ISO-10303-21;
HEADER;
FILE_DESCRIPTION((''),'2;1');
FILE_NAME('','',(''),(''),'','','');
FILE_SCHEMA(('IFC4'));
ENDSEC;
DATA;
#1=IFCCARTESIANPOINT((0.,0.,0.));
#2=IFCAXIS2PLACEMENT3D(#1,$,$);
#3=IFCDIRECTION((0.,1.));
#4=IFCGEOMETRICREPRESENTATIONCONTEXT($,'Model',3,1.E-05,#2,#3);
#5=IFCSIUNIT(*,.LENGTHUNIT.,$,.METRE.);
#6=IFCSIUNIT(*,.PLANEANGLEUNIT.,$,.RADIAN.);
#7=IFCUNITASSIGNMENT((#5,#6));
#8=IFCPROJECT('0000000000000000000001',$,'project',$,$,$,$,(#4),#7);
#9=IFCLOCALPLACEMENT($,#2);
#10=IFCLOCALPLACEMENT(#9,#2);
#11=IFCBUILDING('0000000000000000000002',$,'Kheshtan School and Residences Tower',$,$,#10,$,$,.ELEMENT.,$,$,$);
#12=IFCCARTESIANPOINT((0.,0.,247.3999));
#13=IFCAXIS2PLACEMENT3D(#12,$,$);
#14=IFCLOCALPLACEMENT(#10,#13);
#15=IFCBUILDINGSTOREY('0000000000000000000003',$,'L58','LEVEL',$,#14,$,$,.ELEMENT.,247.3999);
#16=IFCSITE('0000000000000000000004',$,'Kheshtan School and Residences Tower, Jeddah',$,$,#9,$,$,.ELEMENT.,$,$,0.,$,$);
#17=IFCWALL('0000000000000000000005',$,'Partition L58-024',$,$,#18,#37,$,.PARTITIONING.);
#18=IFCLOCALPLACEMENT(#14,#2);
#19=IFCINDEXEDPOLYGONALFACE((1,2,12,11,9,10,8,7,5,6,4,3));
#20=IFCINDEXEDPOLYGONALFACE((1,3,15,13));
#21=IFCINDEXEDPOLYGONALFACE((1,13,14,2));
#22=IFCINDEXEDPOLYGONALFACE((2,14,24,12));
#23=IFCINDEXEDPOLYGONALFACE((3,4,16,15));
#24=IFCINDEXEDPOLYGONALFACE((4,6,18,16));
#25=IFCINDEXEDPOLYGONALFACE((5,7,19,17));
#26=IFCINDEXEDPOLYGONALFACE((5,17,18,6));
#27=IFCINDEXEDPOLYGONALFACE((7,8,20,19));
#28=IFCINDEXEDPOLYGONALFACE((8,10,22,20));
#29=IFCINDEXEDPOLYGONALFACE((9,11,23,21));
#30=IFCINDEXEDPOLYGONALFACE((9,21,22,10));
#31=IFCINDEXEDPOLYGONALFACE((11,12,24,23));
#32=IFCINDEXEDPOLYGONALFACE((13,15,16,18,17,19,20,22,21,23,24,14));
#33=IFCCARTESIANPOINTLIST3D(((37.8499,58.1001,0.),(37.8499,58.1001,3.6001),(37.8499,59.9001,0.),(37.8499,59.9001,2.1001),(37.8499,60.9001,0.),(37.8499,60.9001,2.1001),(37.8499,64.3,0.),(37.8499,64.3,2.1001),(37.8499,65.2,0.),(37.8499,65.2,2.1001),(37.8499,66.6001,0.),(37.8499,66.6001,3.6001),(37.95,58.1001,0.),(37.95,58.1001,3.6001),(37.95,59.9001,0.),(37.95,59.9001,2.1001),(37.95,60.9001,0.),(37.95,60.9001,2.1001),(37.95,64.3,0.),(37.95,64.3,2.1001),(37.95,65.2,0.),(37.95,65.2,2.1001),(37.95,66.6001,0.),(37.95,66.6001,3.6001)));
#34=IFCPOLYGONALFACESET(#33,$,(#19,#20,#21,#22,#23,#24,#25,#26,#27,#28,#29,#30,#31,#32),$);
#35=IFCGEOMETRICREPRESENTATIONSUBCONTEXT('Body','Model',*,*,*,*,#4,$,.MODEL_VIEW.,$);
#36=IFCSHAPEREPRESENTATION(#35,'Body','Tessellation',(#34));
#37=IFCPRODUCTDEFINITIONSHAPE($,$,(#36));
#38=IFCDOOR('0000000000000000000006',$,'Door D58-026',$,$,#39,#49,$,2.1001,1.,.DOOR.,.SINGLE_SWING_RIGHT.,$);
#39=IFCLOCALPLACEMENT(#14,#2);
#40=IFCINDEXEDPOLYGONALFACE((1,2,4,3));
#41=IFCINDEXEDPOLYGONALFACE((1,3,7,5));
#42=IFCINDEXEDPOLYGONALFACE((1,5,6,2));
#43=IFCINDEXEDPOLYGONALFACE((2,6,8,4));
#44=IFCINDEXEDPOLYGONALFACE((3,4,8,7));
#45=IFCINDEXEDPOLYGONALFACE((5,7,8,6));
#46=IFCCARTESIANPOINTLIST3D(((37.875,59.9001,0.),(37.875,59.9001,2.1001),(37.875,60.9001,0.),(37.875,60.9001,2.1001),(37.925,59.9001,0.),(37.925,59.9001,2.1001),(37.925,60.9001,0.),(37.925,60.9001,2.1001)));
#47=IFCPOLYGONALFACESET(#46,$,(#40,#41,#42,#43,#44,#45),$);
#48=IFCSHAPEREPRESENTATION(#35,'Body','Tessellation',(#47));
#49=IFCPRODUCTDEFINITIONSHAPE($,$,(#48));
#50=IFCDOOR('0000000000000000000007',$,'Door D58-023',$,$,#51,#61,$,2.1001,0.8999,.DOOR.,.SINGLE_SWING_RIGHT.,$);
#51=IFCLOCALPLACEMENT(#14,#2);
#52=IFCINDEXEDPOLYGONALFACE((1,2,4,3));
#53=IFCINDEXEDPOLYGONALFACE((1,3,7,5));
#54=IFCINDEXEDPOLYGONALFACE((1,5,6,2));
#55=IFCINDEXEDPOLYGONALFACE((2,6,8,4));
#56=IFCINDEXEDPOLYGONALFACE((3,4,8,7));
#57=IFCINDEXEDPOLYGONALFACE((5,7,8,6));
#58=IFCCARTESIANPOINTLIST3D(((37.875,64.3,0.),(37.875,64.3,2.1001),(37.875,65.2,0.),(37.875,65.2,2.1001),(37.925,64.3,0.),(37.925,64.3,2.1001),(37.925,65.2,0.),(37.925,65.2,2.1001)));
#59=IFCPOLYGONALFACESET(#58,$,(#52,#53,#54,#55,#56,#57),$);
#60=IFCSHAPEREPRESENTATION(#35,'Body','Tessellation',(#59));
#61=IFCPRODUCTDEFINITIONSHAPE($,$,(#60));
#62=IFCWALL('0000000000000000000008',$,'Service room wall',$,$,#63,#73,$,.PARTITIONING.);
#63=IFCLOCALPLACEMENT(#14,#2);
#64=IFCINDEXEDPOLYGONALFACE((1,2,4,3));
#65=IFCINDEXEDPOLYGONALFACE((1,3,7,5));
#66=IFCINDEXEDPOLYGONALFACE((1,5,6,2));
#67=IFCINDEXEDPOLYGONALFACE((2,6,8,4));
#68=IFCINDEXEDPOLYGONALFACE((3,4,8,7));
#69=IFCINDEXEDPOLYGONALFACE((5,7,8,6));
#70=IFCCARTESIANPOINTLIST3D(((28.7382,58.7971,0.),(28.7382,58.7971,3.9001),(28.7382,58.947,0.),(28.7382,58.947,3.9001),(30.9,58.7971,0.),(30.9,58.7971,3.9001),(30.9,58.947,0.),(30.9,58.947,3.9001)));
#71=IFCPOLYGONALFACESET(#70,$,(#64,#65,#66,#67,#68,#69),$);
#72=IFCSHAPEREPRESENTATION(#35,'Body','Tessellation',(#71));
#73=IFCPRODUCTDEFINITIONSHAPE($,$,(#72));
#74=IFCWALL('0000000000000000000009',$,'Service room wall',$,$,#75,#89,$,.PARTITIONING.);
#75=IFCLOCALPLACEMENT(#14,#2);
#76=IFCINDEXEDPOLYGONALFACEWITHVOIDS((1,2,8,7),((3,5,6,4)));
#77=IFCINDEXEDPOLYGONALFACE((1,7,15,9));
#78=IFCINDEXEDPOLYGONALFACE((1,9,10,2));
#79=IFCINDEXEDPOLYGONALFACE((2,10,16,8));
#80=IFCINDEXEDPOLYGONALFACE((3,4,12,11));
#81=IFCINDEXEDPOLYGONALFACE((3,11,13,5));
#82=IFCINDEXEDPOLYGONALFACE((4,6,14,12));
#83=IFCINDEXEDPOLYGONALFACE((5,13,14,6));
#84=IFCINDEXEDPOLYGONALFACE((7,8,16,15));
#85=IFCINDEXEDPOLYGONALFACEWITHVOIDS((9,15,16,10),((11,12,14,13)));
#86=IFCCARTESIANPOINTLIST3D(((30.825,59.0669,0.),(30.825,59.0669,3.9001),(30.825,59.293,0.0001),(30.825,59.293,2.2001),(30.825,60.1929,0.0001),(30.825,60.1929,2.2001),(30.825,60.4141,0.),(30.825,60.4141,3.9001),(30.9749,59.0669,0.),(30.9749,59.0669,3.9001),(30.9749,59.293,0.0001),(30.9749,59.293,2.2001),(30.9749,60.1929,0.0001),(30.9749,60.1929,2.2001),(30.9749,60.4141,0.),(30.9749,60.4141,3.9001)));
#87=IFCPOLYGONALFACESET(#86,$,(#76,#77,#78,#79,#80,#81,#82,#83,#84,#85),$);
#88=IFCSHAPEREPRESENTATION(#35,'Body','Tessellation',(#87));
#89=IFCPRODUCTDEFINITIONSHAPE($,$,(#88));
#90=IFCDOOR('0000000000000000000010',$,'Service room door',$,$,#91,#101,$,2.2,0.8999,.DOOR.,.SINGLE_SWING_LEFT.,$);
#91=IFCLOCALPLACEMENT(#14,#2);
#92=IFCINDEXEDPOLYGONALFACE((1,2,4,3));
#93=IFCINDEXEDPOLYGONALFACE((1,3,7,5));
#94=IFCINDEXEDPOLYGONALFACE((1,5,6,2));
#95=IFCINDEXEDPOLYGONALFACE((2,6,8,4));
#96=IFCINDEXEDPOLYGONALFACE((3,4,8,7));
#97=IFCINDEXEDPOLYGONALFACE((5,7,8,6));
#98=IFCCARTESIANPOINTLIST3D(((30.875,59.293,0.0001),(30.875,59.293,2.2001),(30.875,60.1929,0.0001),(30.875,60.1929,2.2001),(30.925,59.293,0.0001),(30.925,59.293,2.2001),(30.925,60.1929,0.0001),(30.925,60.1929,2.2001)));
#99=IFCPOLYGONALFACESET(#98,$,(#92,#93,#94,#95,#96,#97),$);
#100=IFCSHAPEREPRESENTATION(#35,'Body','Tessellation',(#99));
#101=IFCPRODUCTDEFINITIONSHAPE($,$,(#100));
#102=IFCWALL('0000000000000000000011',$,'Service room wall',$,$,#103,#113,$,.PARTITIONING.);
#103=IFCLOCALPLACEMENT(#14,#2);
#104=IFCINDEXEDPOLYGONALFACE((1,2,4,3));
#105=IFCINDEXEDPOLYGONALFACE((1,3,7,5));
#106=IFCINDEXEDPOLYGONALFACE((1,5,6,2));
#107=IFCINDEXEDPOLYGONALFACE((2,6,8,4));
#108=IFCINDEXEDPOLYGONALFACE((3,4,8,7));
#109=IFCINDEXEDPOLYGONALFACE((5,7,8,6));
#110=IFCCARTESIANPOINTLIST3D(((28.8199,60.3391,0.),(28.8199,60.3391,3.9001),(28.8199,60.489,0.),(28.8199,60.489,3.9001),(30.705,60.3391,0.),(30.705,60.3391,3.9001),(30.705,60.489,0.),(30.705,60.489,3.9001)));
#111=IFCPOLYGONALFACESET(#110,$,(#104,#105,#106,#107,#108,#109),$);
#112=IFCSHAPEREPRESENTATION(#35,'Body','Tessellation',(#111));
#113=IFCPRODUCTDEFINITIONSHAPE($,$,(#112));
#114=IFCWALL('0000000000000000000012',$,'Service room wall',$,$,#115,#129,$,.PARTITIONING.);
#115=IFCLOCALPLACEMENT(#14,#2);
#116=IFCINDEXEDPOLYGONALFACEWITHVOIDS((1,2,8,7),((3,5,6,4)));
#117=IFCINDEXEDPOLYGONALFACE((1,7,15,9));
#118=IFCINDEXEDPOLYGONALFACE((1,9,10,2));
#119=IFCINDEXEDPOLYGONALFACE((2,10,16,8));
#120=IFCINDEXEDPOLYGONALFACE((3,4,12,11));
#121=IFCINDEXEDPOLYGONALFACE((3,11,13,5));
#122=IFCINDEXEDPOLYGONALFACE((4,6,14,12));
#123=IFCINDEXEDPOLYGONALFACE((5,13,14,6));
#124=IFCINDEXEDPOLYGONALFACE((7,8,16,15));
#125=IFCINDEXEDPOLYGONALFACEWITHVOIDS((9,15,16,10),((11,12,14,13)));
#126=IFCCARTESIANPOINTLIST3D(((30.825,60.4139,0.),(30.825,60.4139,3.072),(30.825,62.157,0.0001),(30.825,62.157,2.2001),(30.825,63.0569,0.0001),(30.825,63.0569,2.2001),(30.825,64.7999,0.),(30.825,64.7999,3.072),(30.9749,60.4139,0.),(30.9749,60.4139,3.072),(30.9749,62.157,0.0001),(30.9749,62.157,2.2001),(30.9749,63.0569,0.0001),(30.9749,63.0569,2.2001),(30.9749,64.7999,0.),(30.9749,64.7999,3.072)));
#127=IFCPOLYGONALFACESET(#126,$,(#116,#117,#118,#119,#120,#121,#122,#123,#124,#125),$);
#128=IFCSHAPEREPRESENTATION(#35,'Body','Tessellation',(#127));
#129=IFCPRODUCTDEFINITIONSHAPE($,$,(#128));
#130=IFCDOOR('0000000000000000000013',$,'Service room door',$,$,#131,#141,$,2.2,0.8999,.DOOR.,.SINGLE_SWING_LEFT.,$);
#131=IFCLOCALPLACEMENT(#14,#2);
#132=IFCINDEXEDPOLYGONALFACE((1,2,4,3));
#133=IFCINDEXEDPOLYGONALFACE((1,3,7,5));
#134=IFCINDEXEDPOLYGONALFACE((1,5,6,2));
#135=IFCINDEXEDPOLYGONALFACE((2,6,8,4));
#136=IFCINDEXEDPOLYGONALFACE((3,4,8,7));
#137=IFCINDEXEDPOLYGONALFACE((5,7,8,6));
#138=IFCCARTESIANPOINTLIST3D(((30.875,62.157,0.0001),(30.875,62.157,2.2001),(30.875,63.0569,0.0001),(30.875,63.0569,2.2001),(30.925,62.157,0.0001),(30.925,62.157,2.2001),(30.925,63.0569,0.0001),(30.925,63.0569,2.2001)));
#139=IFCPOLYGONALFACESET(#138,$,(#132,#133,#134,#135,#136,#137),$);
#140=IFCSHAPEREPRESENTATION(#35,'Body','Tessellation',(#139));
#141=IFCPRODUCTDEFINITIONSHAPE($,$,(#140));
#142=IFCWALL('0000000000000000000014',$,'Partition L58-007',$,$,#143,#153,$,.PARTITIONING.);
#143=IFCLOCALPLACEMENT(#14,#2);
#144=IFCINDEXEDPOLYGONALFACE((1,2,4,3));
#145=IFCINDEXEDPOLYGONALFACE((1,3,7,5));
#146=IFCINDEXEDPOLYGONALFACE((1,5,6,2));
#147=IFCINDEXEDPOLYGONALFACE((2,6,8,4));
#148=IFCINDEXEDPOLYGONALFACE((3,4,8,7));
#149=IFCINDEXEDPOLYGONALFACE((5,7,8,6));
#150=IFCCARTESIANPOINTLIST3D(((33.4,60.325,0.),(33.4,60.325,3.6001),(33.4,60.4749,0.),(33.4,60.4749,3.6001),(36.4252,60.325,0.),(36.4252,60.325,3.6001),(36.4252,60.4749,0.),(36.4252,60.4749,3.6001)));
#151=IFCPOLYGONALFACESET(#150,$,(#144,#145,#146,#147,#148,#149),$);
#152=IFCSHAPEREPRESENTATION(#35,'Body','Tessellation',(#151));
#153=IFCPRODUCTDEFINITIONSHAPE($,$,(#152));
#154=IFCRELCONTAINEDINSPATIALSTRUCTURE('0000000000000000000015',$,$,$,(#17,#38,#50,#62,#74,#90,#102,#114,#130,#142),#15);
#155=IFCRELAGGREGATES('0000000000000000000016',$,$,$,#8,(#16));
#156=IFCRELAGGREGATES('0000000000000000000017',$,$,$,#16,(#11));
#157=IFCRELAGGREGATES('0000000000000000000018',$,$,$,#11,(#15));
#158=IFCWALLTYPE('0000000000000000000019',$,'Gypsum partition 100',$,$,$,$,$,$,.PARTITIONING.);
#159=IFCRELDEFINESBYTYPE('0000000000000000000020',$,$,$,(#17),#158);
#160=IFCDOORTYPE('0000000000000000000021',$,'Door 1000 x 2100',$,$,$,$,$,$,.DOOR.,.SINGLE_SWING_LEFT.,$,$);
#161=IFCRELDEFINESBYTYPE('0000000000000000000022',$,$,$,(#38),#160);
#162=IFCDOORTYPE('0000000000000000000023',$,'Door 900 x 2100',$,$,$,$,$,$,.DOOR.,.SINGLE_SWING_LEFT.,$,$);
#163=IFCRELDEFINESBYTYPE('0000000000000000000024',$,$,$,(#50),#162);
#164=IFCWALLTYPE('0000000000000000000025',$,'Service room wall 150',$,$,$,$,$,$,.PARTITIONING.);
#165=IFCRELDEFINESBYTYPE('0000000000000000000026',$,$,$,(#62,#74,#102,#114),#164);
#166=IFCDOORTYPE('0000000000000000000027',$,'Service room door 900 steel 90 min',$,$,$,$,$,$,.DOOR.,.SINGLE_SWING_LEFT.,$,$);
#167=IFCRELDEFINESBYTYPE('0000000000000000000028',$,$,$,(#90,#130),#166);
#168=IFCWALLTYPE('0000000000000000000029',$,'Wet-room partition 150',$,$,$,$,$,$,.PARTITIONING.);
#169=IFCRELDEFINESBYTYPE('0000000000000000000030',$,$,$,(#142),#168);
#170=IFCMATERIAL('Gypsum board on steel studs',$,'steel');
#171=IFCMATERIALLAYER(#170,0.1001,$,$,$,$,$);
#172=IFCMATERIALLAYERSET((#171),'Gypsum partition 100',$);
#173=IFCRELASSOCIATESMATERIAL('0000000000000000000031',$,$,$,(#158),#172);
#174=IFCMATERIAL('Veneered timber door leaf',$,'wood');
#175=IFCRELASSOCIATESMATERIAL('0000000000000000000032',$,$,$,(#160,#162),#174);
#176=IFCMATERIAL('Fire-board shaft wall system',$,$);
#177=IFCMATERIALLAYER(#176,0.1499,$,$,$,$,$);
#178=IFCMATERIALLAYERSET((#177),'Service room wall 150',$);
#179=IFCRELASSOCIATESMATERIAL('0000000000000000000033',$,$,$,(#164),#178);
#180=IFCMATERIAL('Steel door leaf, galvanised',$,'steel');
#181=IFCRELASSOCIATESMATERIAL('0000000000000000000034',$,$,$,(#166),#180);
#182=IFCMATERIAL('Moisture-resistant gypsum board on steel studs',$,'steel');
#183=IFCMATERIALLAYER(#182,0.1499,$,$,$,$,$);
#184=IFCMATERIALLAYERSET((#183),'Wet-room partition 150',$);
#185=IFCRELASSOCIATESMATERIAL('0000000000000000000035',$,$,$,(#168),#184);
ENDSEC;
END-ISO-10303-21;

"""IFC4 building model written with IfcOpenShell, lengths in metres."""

from ifc_helpers import new_model, si_unit, direction, frame, frame_2d, origin, place, context, subcontext, project, spatial, rectangle, extrude, source, transform, mapped, material, layer, layer_set, type_object, element, fill, save


model = new_model("IFC4")

# Units and contexts
model_context = context("Model", 3, precision=1e-05, world=origin(), true_north=direction((0.0, 1.0)))
body_context = subcontext(model_context, "Body", "Model", "MODEL_VIEW")
ifc_project = project(units=[si_unit("LENGTHUNIT", "METRE"), si_unit("PLANEANGLEUNIT", "RADIAN")], contexts=[model_context])

# Site, building, storey
site_placement = place(None, origin())
site = spatial("IfcSite", under=ifc_project, at=site_placement, Name="Kheshtan School and Residences Tower, Jeddah", CompositionType="ELEMENT", RefElevation=0.0)
building_placement = place(site_placement, origin())
building = spatial("IfcBuilding", under=site, at=building_placement, Name="Kheshtan School and Residences Tower", CompositionType="ELEMENT")
storey_placement = place(building_placement, frame((0.0, 0.0, 247.3999)))
storey = spatial("IfcBuildingStorey", under=building, at=storey_placement, Name="L58", Description="LEVEL", CompositionType="ELEMENT", Elevation=247.3999)

# Wall, openings, doors
ifc_material_1 = material(Name="Gypsum board on steel studs", Category="steel")
ifc_layer_1 = layer(ifc_material_1, 0.1001)
ifc_layer_set_1 = layer_set([ifc_layer_1], Name="Gypsum partition 100")
wall_type_1 = type_object("IfcWallType", Name="Gypsum partition 100", PredefinedType="PARTITIONING", material=ifc_layer_set_1)
wall_1_placement = place(storey_placement, frame((37.8999, 58.1001, 0.0), z_axis=(0.0, 0.0, 1.0), x_axis=(0.0, 1.0, 0.0)))
wall_1 = element("IfcWall", 1, at=wall_1_placement, inside=storey, type_object=wall_type_1, Name="Partition L58-024", PredefinedType="PARTITIONING", context=body_context, shape_type="SweptSolid", body=[
    extrude(rectangle(XDim=8.5, YDim=0.1001, at=frame_2d((4.25, 0.0))), origin(), (0.0, 0.0, 1.0), 3.6001),
])
opening_1_placement = place(wall_1_placement, frame((6.2, 0.0, 0.0)))
opening_1 = element("IfcOpeningElement", 2, at=opening_1_placement, cuts=wall_1, PredefinedType="OPENING", context=body_context, shape_type="SweptSolid", body=[
    extrude(rectangle(XDim=0.8999, YDim=2.1001, at=frame_2d((0.45, 1.05))), frame((0.0, 0.0601, 0.0), z_axis=(0.0, -1.0, 0.0), x_axis=(1.0, 0.0, 0.0)), (0.0, 0.0, 1.0), 0.1201),
])
opening_2_placement = place(wall_1_placement, frame((1.8, 0.0, 0.0)))
opening_2 = element("IfcOpeningElement", 3, at=opening_2_placement, cuts=wall_1, PredefinedType="OPENING", context=body_context, shape_type="SweptSolid", body=[
    extrude(rectangle(XDim=1.0, YDim=2.1001, at=frame_2d((0.5, 1.05))), frame((0.0, 0.0601, 0.0), z_axis=(0.0, -1.0, 0.0), x_axis=(1.0, 0.0, 0.0)), (0.0, 0.0, 1.0), 0.1201),
])
ifc_material_2 = material(Name="Veneered timber door leaf", Category="wood")
door_type_1 = type_object("IfcDoorType", Name="Door 1000 x 2100", OperationType="SINGLE_SWING_LEFT", PredefinedType="DOOR", material=ifc_material_2)
shared_shape_1 = source(origin(), body_context, "Body", "SweptSolid", [
    extrude(rectangle(XDim=1.0, YDim=2.1001, at=frame_2d((0.5, 1.05))), frame((0.0, 0.0249, 0.0), z_axis=(0.0, -1.0, 0.0), x_axis=(1.0, 0.0, 0.0)), (0.0, 0.0, 1.0), 0.05),
])
door_1_placement = place(opening_2_placement, origin())
door_1 = element("IfcDoor", 4, at=door_1_placement, inside=storey, type_object=door_type_1, Name="Door D58-026", OperationType="SINGLE_SWING_RIGHT", OverallHeight=2.1001, OverallWidth=1.0, PredefinedType="DOOR", context=body_context, shape_type="MappedRepresentation", body=[
    mapped(shared_shape_1, transform((0.0, 0.0, 0.0), x_axis=(1.0, 0.0, 0.0), y_axis=(0.0, 1.0, 0.0), z_axis=(0.0, 0.0, 1.0), scale=1.0)),
])
fill(opening_2, door_1)
door_type_2 = type_object("IfcDoorType", Name="Door 900 x 2100", OperationType="SINGLE_SWING_LEFT", PredefinedType="DOOR", material=ifc_material_2)
shared_shape_2 = source(origin(), body_context, "Body", "SweptSolid", [
    extrude(rectangle(XDim=0.8999, YDim=2.1001, at=frame_2d((0.45, 1.05))), frame((0.0, 0.0249, 0.0), z_axis=(0.0, -1.0, 0.0), x_axis=(1.0, 0.0, 0.0)), (0.0, 0.0, 1.0), 0.05),
])
door_2_placement = place(opening_1_placement, origin())
door_2 = element("IfcDoor", 5, at=door_2_placement, inside=storey, type_object=door_type_2, Name="Door D58-023", OperationType="SINGLE_SWING_RIGHT", OverallHeight=2.1001, OverallWidth=0.8999, PredefinedType="DOOR", context=body_context, shape_type="MappedRepresentation", body=[
    mapped(shared_shape_2, transform((0.0, 0.0, 0.0), x_axis=(1.0, 0.0, 0.0), y_axis=(0.0, 1.0, 0.0), z_axis=(0.0, 0.0, 1.0), scale=1.0)),
])
fill(opening_1, door_2)

# Wall
ifc_material_3 = material(Name="Fire-board shaft wall system")
ifc_layer_2 = layer(ifc_material_3, 0.1499)
ifc_layer_set_2 = layer_set([ifc_layer_2], Name="Service room wall 150")
wall_type_2 = type_object("IfcWallType", Name="Service room wall 150", PredefinedType="PARTITIONING", material=ifc_layer_set_2)
wall_2_placement = place(storey_placement, frame((28.738, 58.8721, 0.0), z_axis=(0.0, 0.0, 1.0), x_axis=(1.0, 0.0, 0.0)))
element("IfcWall", 6, at=wall_2_placement, inside=storey, type_object=wall_type_2, Name="Service room wall", PredefinedType="PARTITIONING", context=body_context, shape_type="SweptSolid", body=[
    extrude(rectangle(XDim=2.1619, YDim=0.1499, at=frame_2d((1.0811, 0.0))), origin(), (0.0, 0.0, 1.0), 3.9001),
])

# Wall, opening, door
wall_3_placement = place(storey_placement, frame((30.8999, 59.0669, 0.0), z_axis=(0.0, 0.0, 1.0), x_axis=(0.0, 1.0, 0.0)))
wall_3 = element("IfcWall", 7, at=wall_3_placement, inside=storey, type_object=wall_type_2, Name="Service room wall", PredefinedType="PARTITIONING", context=body_context, shape_type="SweptSolid", body=[
    extrude(rectangle(XDim=1.3472, YDim=0.1499, at=frame_2d((0.6736, 0.0))), origin(), (0.0, 0.0, 1.0), 3.9001),
])
opening_3_placement = place(wall_3_placement, frame((0.2261, 0.0, 0.0)))
opening_3 = element("IfcOpeningElement", 8, at=opening_3_placement, cuts=wall_3, PredefinedType="OPENING", context=body_context, shape_type="SweptSolid", body=[
    extrude(rectangle(XDim=0.8999, YDim=2.2, at=frame_2d((0.45, 1.1001))), frame((0.0, 0.085, 0.0), z_axis=(0.0, -1.0, 0.0), x_axis=(1.0, 0.0, 0.0)), (0.0, 0.0, 1.0), 0.1699),
])
ifc_material_4 = material(Name="Steel door leaf, galvanised", Category="steel")
door_type_3 = type_object("IfcDoorType", Name="Service room door 900 steel 90 min", OperationType="SINGLE_SWING_LEFT", PredefinedType="DOOR", material=ifc_material_4)
shared_shape_3 = source(origin(), body_context, "Body", "SweptSolid", [
    extrude(rectangle(XDim=0.8999, YDim=2.2, at=frame_2d((0.45, 1.1001))), frame((0.0, 0.0249, 0.0), z_axis=(0.0, -1.0, 0.0), x_axis=(1.0, 0.0, 0.0)), (0.0, 0.0, 1.0), 0.05),
])
door_3_placement = place(opening_3_placement, origin())
door_3 = element("IfcDoor", 9, at=door_3_placement, inside=storey, type_object=door_type_3, Name="Service room door", OperationType="SINGLE_SWING_LEFT", OverallHeight=2.2, OverallWidth=0.8999, PredefinedType="DOOR", context=body_context, shape_type="MappedRepresentation", body=[
    mapped(shared_shape_3, transform((0.0, 0.0, 0.0), x_axis=(1.0, 0.0, 0.0), y_axis=(0.0, 1.0, 0.0), z_axis=(0.0, 0.0, 1.0), scale=1.0)),
])
fill(opening_3, door_3)

# Wall
wall_4_placement = place(storey_placement, frame((28.8201, 60.4141, 0.0), z_axis=(0.0, 0.0, 1.0), x_axis=(1.0, 0.0, 0.0)))
element("IfcWall", 10, at=wall_4_placement, inside=storey, type_object=wall_type_2, Name="Service room wall", PredefinedType="PARTITIONING", context=body_context, shape_type="SweptSolid", body=[
    extrude(rectangle(XDim=1.885, YDim=0.1499, at=frame_2d((0.9424, 0.0))), origin(), (0.0, 0.0, 1.0), 3.9001),
])

# Wall, opening, door
wall_5_placement = place(storey_placement, frame((30.8999, 60.4141, 0.0), z_axis=(0.0, 0.0, 1.0), x_axis=(0.0, 1.0, 0.0)))
wall_5 = element("IfcWall", 11, at=wall_5_placement, inside=storey, type_object=wall_type_2, Name="Service room wall", PredefinedType="PARTITIONING", context=body_context, shape_type="SweptSolid", body=[
    extrude(rectangle(XDim=4.386, YDim=0.1499, at=frame_2d((2.1929, 0.0))), origin(), (0.0, 0.0, 1.0), 3.072),
])
opening_4_placement = place(wall_5_placement, frame((1.7429, 0.0, 0.0)))
opening_4 = element("IfcOpeningElement", 12, at=opening_4_placement, cuts=wall_5, PredefinedType="OPENING", context=body_context, shape_type="SweptSolid", body=[
    extrude(rectangle(XDim=0.8999, YDim=2.2, at=frame_2d((0.45, 1.1001))), frame((0.0, 0.085, 0.0), z_axis=(0.0, -1.0, 0.0), x_axis=(1.0, 0.0, 0.0)), (0.0, 0.0, 1.0), 0.1699),
])
door_4_placement = place(opening_4_placement, origin())
door_4 = element("IfcDoor", 13, at=door_4_placement, inside=storey, type_object=door_type_3, Name="Service room door", OperationType="SINGLE_SWING_LEFT", OverallHeight=2.2, OverallWidth=0.8999, PredefinedType="DOOR", context=body_context, shape_type="MappedRepresentation", body=[
    mapped(shared_shape_3, transform((0.0, 0.0, 0.0), x_axis=(1.0, 0.0, 0.0), y_axis=(0.0, 1.0, 0.0), z_axis=(0.0, 0.0, 1.0), scale=1.0)),
])
fill(opening_4, door_4)

# Wall
ifc_material_5 = material(Name="Moisture-resistant gypsum board on steel studs", Category="steel")
ifc_layer_3 = layer(ifc_material_5, 0.1499)
ifc_layer_set_3 = layer_set([ifc_layer_3], Name="Wet-room partition 150")
wall_type_3 = type_object("IfcWallType", Name="Wet-room partition 150", PredefinedType="PARTITIONING", material=ifc_layer_set_3)
wall_6_placement = place(storey_placement, frame((33.3999, 60.3999, 0.0), z_axis=(0.0, 0.0, 1.0), x_axis=(1.0, 0.0, 0.0)))
element("IfcWall", 14, at=wall_6_placement, inside=storey, type_object=wall_type_3, Name="Partition L58-007", PredefinedType="PARTITIONING", context=body_context, shape_type="SweptSolid", body=[
    extrude(rectangle(XDim=3.0251, YDim=0.1499, at=frame_2d((1.5127, 0.0))), origin(), (0.0, 0.0, 1.0), 3.6001),
])

save(model, "model.ifc")
